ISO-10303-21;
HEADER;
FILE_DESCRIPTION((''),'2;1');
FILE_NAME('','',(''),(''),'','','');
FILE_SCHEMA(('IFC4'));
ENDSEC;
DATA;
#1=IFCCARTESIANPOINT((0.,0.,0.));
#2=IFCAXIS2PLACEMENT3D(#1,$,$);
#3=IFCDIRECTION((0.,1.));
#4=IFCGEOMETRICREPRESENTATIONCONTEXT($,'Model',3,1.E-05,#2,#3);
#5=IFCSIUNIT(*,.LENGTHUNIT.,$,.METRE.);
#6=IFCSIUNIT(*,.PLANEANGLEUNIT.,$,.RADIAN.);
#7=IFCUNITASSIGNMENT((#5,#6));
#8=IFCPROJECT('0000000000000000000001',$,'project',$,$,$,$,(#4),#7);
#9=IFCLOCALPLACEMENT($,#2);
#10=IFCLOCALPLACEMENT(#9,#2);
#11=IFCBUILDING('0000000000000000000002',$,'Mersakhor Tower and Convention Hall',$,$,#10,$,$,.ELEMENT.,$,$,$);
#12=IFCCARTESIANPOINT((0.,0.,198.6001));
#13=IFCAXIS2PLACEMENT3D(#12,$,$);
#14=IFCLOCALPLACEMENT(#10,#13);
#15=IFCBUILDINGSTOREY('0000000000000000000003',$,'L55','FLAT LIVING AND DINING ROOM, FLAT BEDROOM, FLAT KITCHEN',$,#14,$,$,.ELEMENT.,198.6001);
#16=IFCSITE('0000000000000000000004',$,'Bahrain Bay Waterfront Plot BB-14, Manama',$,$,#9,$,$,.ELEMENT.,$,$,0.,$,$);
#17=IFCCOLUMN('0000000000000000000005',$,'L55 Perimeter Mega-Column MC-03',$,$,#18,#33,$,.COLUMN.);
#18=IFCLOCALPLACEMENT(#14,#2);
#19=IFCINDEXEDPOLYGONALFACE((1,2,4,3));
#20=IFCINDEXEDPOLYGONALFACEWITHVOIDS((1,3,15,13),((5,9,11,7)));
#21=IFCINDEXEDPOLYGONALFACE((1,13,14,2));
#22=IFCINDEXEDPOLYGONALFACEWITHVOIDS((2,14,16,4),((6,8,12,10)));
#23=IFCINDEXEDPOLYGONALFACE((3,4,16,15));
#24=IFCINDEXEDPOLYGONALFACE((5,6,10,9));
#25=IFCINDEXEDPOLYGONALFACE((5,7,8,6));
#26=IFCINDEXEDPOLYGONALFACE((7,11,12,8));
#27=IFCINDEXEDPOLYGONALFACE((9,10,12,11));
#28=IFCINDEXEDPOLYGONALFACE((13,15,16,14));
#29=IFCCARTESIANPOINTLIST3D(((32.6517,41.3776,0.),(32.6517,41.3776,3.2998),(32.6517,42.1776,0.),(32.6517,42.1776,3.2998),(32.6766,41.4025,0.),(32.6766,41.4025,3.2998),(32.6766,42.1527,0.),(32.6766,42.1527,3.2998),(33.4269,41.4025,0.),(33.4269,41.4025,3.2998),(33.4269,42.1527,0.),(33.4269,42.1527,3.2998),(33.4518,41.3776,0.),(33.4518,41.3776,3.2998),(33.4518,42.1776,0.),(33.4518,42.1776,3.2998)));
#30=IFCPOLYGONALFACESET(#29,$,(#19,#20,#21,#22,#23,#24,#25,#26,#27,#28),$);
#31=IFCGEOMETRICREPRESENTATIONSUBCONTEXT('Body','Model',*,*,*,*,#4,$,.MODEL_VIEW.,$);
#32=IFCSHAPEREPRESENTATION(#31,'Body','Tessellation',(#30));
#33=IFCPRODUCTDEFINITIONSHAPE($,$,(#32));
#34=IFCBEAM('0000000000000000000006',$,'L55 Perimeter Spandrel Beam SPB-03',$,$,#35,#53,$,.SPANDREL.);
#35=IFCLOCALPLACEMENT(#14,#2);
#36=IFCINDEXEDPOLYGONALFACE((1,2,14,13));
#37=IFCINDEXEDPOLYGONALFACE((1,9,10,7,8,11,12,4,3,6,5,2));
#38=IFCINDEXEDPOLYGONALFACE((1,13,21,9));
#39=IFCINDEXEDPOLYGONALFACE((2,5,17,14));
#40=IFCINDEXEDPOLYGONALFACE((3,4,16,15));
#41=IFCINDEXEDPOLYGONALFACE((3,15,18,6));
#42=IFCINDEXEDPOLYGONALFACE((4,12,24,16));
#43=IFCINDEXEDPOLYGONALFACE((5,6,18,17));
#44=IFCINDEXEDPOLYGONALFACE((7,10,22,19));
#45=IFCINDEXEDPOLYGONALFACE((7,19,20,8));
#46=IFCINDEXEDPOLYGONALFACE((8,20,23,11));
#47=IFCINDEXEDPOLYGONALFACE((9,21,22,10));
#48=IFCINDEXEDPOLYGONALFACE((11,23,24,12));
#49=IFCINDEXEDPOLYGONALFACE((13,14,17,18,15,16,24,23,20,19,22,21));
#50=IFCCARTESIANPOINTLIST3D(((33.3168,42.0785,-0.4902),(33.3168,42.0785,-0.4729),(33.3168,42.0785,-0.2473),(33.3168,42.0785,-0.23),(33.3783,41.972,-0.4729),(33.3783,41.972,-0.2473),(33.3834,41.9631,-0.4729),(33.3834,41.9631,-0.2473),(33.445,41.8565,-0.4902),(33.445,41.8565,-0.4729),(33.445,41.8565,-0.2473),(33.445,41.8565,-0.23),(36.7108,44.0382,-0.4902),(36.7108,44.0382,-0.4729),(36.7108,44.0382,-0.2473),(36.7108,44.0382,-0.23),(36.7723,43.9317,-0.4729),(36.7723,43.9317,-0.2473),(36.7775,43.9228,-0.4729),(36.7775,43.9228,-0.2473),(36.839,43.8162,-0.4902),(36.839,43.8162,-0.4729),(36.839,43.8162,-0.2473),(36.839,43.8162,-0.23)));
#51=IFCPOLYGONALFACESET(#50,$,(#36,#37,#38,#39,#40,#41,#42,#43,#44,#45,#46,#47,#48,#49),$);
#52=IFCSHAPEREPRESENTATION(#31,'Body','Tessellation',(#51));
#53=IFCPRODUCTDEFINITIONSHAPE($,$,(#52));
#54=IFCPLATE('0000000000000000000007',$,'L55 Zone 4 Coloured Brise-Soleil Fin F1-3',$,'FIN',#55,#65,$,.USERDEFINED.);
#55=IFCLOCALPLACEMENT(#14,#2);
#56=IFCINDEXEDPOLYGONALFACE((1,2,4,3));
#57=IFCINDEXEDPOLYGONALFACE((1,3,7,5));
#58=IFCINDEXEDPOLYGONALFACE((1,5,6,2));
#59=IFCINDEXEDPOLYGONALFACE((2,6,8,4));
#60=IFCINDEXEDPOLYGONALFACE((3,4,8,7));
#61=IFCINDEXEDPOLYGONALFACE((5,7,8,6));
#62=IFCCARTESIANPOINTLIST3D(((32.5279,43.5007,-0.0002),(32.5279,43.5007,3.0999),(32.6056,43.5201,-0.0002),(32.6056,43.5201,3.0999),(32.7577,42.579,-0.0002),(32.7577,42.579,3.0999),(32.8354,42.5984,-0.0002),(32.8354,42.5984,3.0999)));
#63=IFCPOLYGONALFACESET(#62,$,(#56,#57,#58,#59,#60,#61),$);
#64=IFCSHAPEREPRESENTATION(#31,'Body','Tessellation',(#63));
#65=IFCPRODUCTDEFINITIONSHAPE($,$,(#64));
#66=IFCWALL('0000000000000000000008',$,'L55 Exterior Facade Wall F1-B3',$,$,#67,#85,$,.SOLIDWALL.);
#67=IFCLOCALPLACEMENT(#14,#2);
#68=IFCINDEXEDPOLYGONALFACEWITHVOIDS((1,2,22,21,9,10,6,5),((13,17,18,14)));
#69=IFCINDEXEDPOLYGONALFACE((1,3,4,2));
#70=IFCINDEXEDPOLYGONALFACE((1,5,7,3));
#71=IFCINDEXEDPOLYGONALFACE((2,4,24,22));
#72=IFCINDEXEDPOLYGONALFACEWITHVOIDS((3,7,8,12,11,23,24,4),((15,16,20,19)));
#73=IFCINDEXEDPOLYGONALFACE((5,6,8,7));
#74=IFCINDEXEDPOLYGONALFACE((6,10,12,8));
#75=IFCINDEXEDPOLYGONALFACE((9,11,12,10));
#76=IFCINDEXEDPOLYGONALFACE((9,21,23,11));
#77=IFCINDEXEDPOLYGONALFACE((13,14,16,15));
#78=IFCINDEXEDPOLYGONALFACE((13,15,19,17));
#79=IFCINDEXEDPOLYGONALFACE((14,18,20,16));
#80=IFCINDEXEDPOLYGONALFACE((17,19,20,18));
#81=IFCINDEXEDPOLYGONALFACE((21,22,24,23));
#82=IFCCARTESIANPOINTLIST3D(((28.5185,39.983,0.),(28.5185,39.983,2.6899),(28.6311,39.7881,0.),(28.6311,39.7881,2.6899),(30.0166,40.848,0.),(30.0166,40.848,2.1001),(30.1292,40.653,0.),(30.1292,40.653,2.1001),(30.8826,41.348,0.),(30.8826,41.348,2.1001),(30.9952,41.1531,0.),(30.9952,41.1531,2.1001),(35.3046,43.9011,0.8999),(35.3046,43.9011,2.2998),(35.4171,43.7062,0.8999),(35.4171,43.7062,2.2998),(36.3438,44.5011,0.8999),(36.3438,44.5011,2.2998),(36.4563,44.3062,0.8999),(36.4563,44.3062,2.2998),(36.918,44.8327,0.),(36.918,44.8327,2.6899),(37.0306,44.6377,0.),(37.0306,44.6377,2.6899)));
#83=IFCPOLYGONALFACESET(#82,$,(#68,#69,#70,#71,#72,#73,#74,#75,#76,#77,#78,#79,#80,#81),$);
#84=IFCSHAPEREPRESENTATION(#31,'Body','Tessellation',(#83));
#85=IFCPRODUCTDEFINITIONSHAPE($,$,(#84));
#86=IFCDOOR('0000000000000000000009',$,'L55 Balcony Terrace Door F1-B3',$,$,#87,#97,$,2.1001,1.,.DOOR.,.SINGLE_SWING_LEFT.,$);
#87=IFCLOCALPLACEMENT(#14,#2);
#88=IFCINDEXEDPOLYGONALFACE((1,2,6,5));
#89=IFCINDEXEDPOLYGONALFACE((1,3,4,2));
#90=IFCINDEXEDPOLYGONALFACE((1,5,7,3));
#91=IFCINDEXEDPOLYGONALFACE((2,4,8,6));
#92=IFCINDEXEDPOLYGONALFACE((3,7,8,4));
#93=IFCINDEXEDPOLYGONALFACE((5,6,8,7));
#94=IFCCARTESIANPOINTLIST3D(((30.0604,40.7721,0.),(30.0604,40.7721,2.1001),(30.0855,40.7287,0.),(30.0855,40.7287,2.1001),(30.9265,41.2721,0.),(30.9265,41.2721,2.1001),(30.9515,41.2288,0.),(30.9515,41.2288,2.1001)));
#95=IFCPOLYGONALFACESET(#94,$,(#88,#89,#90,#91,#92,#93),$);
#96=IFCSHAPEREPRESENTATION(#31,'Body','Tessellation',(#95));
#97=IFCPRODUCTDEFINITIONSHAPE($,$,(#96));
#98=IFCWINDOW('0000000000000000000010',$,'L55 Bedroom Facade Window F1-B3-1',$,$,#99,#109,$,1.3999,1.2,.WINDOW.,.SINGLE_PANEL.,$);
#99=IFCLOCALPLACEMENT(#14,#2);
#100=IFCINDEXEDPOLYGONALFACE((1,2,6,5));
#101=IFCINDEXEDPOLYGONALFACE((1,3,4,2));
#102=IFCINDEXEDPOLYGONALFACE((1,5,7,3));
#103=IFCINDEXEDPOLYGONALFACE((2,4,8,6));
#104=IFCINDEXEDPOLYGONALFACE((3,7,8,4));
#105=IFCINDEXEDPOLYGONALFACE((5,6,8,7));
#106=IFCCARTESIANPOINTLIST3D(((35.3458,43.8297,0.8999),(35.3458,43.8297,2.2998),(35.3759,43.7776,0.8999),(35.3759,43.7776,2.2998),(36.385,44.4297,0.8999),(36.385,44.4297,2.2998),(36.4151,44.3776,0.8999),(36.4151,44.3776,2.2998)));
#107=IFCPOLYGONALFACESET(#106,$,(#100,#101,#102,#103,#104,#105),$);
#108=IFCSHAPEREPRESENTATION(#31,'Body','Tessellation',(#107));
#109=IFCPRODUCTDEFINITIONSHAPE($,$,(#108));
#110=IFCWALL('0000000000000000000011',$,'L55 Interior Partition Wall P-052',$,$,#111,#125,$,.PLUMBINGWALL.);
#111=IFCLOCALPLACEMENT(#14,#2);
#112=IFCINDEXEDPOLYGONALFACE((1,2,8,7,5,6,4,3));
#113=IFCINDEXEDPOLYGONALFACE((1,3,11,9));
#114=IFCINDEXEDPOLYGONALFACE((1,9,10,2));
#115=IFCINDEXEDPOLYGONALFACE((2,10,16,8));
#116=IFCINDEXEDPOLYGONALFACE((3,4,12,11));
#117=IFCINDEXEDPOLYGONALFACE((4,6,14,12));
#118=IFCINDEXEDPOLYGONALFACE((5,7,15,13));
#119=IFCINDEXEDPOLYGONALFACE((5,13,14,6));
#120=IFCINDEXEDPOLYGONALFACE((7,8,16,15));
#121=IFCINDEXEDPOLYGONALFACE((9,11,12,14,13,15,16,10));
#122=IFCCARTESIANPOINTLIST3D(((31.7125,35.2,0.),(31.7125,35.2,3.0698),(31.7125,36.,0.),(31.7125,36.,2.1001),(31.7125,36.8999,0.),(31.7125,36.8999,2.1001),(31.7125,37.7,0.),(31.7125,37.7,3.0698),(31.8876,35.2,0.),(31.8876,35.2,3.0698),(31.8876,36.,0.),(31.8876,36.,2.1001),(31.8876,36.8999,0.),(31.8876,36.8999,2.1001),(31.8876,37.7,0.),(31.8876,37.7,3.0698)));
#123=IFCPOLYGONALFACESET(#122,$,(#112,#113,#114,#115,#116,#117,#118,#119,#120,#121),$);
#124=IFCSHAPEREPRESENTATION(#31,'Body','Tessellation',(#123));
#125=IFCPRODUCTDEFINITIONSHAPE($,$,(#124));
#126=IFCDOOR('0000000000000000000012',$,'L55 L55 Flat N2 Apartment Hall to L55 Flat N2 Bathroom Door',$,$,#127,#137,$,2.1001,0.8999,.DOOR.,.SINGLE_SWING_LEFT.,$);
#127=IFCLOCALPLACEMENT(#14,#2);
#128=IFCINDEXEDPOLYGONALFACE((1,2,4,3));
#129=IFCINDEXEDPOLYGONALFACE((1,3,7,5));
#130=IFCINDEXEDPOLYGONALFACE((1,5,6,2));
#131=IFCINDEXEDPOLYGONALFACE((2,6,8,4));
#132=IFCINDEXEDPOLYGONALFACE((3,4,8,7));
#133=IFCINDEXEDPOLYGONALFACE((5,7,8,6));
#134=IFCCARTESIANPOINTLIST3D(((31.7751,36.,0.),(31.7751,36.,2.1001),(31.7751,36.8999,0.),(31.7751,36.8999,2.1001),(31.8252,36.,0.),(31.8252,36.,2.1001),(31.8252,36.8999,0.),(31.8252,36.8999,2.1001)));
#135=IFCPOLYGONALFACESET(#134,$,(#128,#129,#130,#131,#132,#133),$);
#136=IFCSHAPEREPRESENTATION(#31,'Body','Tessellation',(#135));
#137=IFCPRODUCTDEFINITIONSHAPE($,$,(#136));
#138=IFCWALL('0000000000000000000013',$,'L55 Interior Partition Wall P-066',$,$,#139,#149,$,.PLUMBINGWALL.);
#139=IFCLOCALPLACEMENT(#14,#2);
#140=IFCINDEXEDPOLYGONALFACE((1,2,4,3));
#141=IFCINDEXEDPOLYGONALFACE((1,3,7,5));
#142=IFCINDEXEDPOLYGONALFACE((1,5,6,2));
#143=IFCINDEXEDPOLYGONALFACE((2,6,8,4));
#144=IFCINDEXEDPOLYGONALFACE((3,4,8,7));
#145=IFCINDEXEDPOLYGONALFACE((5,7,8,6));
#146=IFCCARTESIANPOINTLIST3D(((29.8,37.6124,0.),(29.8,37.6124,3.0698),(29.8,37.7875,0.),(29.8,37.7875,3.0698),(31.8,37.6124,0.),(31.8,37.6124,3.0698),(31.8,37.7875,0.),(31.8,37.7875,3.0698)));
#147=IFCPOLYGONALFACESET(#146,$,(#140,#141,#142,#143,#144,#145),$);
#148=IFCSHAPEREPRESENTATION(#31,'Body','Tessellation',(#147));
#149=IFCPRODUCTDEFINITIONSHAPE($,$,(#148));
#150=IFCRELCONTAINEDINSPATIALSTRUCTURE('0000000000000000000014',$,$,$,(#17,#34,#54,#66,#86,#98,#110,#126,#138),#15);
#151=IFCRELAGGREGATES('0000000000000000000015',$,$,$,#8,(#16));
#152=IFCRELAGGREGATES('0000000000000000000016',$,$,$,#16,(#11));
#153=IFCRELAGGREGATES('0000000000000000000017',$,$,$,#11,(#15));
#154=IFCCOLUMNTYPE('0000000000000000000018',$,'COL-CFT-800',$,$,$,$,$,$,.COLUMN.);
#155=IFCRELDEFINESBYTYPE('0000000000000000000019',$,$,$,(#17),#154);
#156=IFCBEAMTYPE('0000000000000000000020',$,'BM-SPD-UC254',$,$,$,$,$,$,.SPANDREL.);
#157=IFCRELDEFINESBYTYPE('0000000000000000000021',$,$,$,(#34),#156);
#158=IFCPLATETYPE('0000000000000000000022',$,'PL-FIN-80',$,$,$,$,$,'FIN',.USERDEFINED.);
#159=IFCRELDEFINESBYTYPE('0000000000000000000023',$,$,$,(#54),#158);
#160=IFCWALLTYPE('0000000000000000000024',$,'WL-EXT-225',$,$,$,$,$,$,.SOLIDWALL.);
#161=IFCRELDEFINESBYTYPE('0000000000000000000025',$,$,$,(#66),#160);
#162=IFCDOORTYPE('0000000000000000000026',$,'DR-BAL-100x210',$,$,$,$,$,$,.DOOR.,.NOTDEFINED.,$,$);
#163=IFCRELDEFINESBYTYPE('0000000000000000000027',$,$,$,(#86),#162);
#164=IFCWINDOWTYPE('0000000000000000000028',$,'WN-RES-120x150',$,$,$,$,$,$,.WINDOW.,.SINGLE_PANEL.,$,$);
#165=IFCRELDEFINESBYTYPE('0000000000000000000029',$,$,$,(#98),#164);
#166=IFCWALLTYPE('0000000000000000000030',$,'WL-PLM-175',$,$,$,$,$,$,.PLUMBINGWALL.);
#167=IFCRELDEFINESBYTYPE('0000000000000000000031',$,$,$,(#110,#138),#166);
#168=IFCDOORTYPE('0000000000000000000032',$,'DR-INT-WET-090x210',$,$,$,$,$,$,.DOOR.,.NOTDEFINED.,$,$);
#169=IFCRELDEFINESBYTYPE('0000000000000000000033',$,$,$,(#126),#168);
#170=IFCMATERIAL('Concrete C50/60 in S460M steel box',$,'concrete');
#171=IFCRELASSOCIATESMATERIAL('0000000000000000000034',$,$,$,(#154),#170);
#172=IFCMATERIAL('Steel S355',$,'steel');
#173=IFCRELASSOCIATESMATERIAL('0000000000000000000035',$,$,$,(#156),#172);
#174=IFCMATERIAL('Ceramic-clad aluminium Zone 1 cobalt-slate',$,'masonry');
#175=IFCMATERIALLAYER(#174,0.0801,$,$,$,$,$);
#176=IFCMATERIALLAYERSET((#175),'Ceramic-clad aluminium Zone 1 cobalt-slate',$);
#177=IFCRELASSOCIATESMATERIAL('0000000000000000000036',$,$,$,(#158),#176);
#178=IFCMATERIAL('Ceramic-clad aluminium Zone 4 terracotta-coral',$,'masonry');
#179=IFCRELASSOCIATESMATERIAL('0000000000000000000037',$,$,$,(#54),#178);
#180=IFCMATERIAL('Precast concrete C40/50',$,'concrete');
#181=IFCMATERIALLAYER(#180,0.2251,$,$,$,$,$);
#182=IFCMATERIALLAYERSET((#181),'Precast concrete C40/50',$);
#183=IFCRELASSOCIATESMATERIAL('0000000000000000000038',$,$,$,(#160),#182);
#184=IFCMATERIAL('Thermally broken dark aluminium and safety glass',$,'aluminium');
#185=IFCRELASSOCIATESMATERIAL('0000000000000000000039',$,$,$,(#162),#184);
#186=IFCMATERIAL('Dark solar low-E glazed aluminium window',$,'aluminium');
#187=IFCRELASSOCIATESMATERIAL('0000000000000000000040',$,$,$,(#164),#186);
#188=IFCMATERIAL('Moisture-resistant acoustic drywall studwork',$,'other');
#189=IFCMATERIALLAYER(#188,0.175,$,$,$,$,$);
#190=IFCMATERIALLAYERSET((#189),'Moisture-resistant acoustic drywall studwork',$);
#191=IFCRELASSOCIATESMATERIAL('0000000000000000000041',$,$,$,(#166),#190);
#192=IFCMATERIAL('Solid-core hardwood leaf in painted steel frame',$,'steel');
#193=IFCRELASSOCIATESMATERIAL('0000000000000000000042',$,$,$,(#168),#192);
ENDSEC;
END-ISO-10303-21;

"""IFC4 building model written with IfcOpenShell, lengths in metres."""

from ifc_helpers import new_model, si_unit, direction, frame, frame_2d, origin, origin_2d, place, context, subcontext, project, spatial, rectangle, hollow_rectangle, i_section, extrude, material, layer, layer_set, material_profile, profile_set, type_object, element, fill, save


model = new_model("IFC4")

# Units and contexts
model_context = context("Model", 3, precision=1e-05, world=origin(), true_north=direction((0.0, 1.0)))
body_context = subcontext(model_context, "Body", "Model", "MODEL_VIEW")
ifc_project = project(units=[si_unit("LENGTHUNIT", "METRE"), si_unit("PLANEANGLEUNIT", "RADIAN")], contexts=[model_context])

# Site, building, storey
site_placement = place(None, origin())
site = spatial("IfcSite", under=ifc_project, at=site_placement, Name="Bahrain Bay Waterfront Plot BB-14, Manama", CompositionType="ELEMENT", RefElevation=0.0)
building_placement = place(site_placement, origin())
building = spatial("IfcBuilding", under=site, at=building_placement, Name="Mersakhor Tower and Convention Hall", CompositionType="ELEMENT")
storey_placement = place(building_placement, frame((0.0, 0.0, 198.6001)))
storey = spatial("IfcBuildingStorey", under=building, at=storey_placement, Name="L55", Description="FLAT LIVING AND DINING ROOM, FLAT BEDROOM, FLAT KITCHEN", CompositionType="ELEMENT", Elevation=198.6001)

# Column
ifc_material_1 = material(Name="Concrete C50/60 in S460M steel box", Category="concrete")
ifc_material_profile_1 = material_profile(ifc_material_1, hollow_rectangle(XDim=0.8, YDim=0.8, WallThickness=0.0249, at=origin_2d()), Name="SHS 800x800x25")
ifc_profile_set_1 = profile_set([ifc_material_profile_1], Name="Concrete C50/60 in S460M steel box")
column_type = type_object("IfcColumnType", Name="COL-CFT-800", PredefinedType="COLUMN", material=ifc_profile_set_1)
column_placement = place(storey_placement, frame((33.0518, 41.7776, 0.0), z_axis=(0.0, 0.0, 1.0), x_axis=(1.0, 0.0, 0.0)))
element("IfcColumn", 1, at=column_placement, inside=storey, type_object=column_type, Name="L55 Perimeter Mega-Column MC-03", PredefinedType="COLUMN", context=body_context, shape_type="SweptSolid", body=[
    extrude(hollow_rectangle(XDim=0.8, YDim=0.8, WallThickness=0.0249, at=origin_2d()), origin(), (0.0, 0.0, 1.0), 3.2998),
])

# Beam
ifc_material_2 = material(Name="Steel S355", Category="steel")
ifc_material_profile_2 = material_profile(ifc_material_2, i_section(OverallWidth=0.2563, OverallDepth=0.2603, WebThickness=0.0103, FlangeThickness=0.0173, at=origin_2d()), Name="UC 254x254x89")
ifc_profile_set_2 = profile_set([ifc_material_profile_2], Name="Steel S355")
beam_type = type_object("IfcBeamType", Name="BM-SPD-UC254", PredefinedType="SPANDREL", material=ifc_profile_set_2)
beam_placement = place(storey_placement, frame((33.3809, 41.9675, -0.3601), z_axis=(0.866007, 0.500032, 0.0), x_axis=(-0.500032, 0.866007, 0.0)))
element("IfcBeam", 2, at=beam_placement, inside=storey, type_object=beam_type, Name="L55 Perimeter Spandrel Beam SPB-03", PredefinedType="SPANDREL", context=body_context, shape_type="SweptSolid", body=[
    extrude(i_section(OverallWidth=0.2563, OverallDepth=0.2603, WebThickness=0.0103, FlangeThickness=0.0173, at=origin_2d()), origin(), (0.0, 0.0, 1.0), 3.9192),
])

# Plate
ifc_material_3 = material(Name="Ceramic-clad aluminium Zone 4 terracotta-coral", Category="masonry")
ifc_material_4 = material(Name="Ceramic-clad aluminium Zone 1 cobalt-slate", Category="masonry")
ifc_layer_1 = layer(ifc_material_4, 0.0801)
ifc_layer_set_1 = layer_set([ifc_layer_1], Name="Ceramic-clad aluminium Zone 1 cobalt-slate")
plate_type = type_object("IfcPlateType", Name="PL-FIN-80", ElementType="FIN", PredefinedType="USERDEFINED", material=ifc_layer_set_1)
plate_placement = place(storey_placement, frame((32.6816, 43.0496, -0.0002), z_axis=(0.0, 0.0, 1.0), x_axis=(-0.241922, 0.970296, 0.0)))
element("IfcPlate", 3, at=plate_placement, inside=storey, type_object=plate_type, material=ifc_material_3, Name="L55 Zone 4 Coloured Brise-Soleil Fin F1-3", ObjectType="FIN", PredefinedType="USERDEFINED", context=body_context, shape_type="SweptSolid", body=[
    extrude(rectangle(XDim=0.95, YDim=0.0801, at=origin_2d()), origin(), (0.0, 0.0, 1.0), 3.1001),
])

# Wall, openings, door, window
ifc_material_5 = material(Name="Precast concrete C40/50", Category="concrete")
ifc_layer_2 = layer(ifc_material_5, 0.2251)
ifc_layer_set_2 = layer_set([ifc_layer_2], Name="Precast concrete C40/50")
wall_type_1 = type_object("IfcWallType", Name="WL-EXT-225", PredefinedType="SOLIDWALL", material=ifc_layer_set_2)
wall_1_placement = place(storey_placement, frame((28.5747, 39.8855, 0.0), z_axis=(0.0, 0.0, 1.0), x_axis=(0.866016, 0.500016, 0.0)))
wall_1 = element("IfcWall", 4, at=wall_1_placement, inside=storey, type_object=wall_type_1, Name="L55 Exterior Facade Wall F1-B3", PredefinedType="SOLIDWALL", context=body_context, shape_type="SweptSolid", body=[
    extrude(rectangle(XDim=9.699, YDim=0.2251, at=frame_2d((4.8496, 0.0))), origin(), (0.0, 0.0, 1.0), 2.6899),
])
opening_1_placement = place(wall_1_placement, frame((1.73, 0.0, 0.0)))
opening_1 = element("IfcOpeningElement", 5, at=opening_1_placement, cuts=wall_1, PredefinedType="OPENING", context=body_context, shape_type="SweptSolid", body=[
    extrude(rectangle(XDim=1.0, YDim=2.1001, at=frame_2d((0.5, 1.05))), frame((0.0, 0.1226, 0.0), z_axis=(0.0, -1.0, 0.0), x_axis=(1.0, 0.0, 0.0)), (0.0, 0.0, 1.0), 0.2451),
])
opening_2_placement = place(wall_1_placement, frame((7.8359, 0.0, 0.8999)))
opening_2 = element("IfcOpeningElement", 6, at=opening_2_placement, cuts=wall_1, PredefinedType="OPENING", context=body_context, shape_type="SweptSolid", body=[
    extrude(rectangle(XDim=1.2, YDim=1.3999, at=frame_2d((0.6001, 0.7))), frame((0.0, 0.1226, 0.0), z_axis=(0.0, -1.0, 0.0), x_axis=(1.0, 0.0, 0.0)), (0.0, 0.0, 1.0), 0.2451),
])
ifc_material_6 = material(Name="Thermally broken dark aluminium and safety glass", Category="aluminium")
door_type_1 = type_object("IfcDoorType", Name="DR-BAL-100x210", OperationType="NOTDEFINED", PredefinedType="DOOR", material=ifc_material_6)
door_1_placement = place(opening_1_placement, origin())
door_1 = element("IfcDoor", 7, at=door_1_placement, inside=storey, type_object=door_type_1, Name="L55 Balcony Terrace Door F1-B3", OperationType="SINGLE_SWING_LEFT", OverallHeight=2.1001, OverallWidth=1.0, PredefinedType="DOOR", context=body_context, shape_type="SweptSolid", body=[
    extrude(rectangle(XDim=1.0, YDim=2.1001, at=frame_2d((0.5, 1.05))), frame((0.0, 0.0249, 0.0), z_axis=(0.0, -1.0, 0.0), x_axis=(1.0, 0.0, 0.0)), (0.0, 0.0, 1.0), 0.05),
])
fill(opening_1, door_1)
ifc_material_7 = material(Name="Dark solar low-E glazed aluminium window", Category="aluminium")
window_type = type_object("IfcWindowType", Name="WN-RES-120x150", PartitioningType="SINGLE_PANEL", PredefinedType="WINDOW", material=ifc_material_7)
window_placement = place(opening_2_placement, origin())
window = element("IfcWindow", 8, at=window_placement, inside=storey, type_object=window_type, Name="L55 Bedroom Facade Window F1-B3-1", OverallHeight=1.3999, OverallWidth=1.2, PartitioningType="SINGLE_PANEL", PredefinedType="WINDOW", context=body_context, shape_type="SweptSolid", body=[
    extrude(rectangle(XDim=1.2, YDim=1.3999, at=frame_2d((0.6001, 0.7))), frame((0.0, 0.03, 0.0), z_axis=(0.0, -1.0, 0.0), x_axis=(1.0, 0.0, 0.0)), (0.0, 0.0, 1.0), 0.0601),
])
fill(opening_2, window)

# Wall, opening, door
ifc_material_8 = material(Name="Moisture-resistant acoustic drywall studwork", Category="other")
ifc_layer_3 = layer(ifc_material_8, 0.175)
ifc_layer_set_3 = layer_set([ifc_layer_3], Name="Moisture-resistant acoustic drywall studwork")
wall_type_2 = type_object("IfcWallType", Name="WL-PLM-175", PredefinedType="PLUMBINGWALL", material=ifc_layer_set_3)
wall_2_placement = place(storey_placement, frame((31.8, 35.2, 0.0), z_axis=(0.0, 0.0, 1.0), x_axis=(0.0, 1.0, 0.0)))
wall_2 = element("IfcWall", 9, at=wall_2_placement, inside=storey, type_object=wall_type_2, Name="L55 Interior Partition Wall P-052", PredefinedType="PLUMBINGWALL", context=body_context, shape_type="SweptSolid", body=[
    extrude(rectangle(XDim=2.5, YDim=0.175, at=frame_2d((1.25, 0.0))), origin(), (0.0, 0.0, 1.0), 3.0698),
])
opening_3_placement = place(wall_2_placement, frame((0.8, 0.0, 0.0)))
opening_3 = element("IfcOpeningElement", 10, at=opening_3_placement, cuts=wall_2, PredefinedType="OPENING", context=body_context, shape_type="SweptSolid", body=[
    extrude(rectangle(XDim=0.8999, YDim=2.1001, at=frame_2d((0.45, 1.05))), frame((0.0, 0.0974, 0.0), z_axis=(0.0, -1.0, 0.0), x_axis=(1.0, 0.0, 0.0)), (0.0, 0.0, 1.0), 0.1951),
])
ifc_material_9 = material(Name="Solid-core hardwood leaf in painted steel frame", Category="steel")
door_type_2 = type_object("IfcDoorType", Name="DR-INT-WET-090x210", OperationType="NOTDEFINED", PredefinedType="DOOR", material=ifc_material_9)
door_2_placement = place(opening_3_placement, origin())
door_2 = element("IfcDoor", 11, at=door_2_placement, inside=storey, type_object=door_type_2, Name="L55 L55 Flat N2 Apartment Hall to L55 Flat N2 Bathroom Door", OperationType="SINGLE_SWING_LEFT", OverallHeight=2.1001, OverallWidth=0.8999, PredefinedType="DOOR", context=body_context, shape_type="SweptSolid", body=[
    extrude(rectangle(XDim=0.8999, YDim=2.1001, at=frame_2d((0.45, 1.05))), frame((0.0, 0.0249, 0.0), z_axis=(0.0, -1.0, 0.0), x_axis=(1.0, 0.0, 0.0)), (0.0, 0.0, 1.0), 0.05),
])
fill(opening_3, door_2)

# Wall
wall_3_placement = place(storey_placement, frame((29.8, 37.7, 0.0), z_axis=(0.0, 0.0, 1.0), x_axis=(1.0, 0.0, 0.0)))
element("IfcWall", 12, at=wall_3_placement, inside=storey, type_object=wall_type_2, Name="L55 Interior Partition Wall P-066", PredefinedType="PLUMBINGWALL", context=body_context, shape_type="SweptSolid", body=[
    extrude(rectangle(XDim=2.0, YDim=0.175, at=frame_2d((1.0, 0.0))), origin(), (0.0, 0.0, 1.0), 3.0698),
])

save(model, "model.ifc")
